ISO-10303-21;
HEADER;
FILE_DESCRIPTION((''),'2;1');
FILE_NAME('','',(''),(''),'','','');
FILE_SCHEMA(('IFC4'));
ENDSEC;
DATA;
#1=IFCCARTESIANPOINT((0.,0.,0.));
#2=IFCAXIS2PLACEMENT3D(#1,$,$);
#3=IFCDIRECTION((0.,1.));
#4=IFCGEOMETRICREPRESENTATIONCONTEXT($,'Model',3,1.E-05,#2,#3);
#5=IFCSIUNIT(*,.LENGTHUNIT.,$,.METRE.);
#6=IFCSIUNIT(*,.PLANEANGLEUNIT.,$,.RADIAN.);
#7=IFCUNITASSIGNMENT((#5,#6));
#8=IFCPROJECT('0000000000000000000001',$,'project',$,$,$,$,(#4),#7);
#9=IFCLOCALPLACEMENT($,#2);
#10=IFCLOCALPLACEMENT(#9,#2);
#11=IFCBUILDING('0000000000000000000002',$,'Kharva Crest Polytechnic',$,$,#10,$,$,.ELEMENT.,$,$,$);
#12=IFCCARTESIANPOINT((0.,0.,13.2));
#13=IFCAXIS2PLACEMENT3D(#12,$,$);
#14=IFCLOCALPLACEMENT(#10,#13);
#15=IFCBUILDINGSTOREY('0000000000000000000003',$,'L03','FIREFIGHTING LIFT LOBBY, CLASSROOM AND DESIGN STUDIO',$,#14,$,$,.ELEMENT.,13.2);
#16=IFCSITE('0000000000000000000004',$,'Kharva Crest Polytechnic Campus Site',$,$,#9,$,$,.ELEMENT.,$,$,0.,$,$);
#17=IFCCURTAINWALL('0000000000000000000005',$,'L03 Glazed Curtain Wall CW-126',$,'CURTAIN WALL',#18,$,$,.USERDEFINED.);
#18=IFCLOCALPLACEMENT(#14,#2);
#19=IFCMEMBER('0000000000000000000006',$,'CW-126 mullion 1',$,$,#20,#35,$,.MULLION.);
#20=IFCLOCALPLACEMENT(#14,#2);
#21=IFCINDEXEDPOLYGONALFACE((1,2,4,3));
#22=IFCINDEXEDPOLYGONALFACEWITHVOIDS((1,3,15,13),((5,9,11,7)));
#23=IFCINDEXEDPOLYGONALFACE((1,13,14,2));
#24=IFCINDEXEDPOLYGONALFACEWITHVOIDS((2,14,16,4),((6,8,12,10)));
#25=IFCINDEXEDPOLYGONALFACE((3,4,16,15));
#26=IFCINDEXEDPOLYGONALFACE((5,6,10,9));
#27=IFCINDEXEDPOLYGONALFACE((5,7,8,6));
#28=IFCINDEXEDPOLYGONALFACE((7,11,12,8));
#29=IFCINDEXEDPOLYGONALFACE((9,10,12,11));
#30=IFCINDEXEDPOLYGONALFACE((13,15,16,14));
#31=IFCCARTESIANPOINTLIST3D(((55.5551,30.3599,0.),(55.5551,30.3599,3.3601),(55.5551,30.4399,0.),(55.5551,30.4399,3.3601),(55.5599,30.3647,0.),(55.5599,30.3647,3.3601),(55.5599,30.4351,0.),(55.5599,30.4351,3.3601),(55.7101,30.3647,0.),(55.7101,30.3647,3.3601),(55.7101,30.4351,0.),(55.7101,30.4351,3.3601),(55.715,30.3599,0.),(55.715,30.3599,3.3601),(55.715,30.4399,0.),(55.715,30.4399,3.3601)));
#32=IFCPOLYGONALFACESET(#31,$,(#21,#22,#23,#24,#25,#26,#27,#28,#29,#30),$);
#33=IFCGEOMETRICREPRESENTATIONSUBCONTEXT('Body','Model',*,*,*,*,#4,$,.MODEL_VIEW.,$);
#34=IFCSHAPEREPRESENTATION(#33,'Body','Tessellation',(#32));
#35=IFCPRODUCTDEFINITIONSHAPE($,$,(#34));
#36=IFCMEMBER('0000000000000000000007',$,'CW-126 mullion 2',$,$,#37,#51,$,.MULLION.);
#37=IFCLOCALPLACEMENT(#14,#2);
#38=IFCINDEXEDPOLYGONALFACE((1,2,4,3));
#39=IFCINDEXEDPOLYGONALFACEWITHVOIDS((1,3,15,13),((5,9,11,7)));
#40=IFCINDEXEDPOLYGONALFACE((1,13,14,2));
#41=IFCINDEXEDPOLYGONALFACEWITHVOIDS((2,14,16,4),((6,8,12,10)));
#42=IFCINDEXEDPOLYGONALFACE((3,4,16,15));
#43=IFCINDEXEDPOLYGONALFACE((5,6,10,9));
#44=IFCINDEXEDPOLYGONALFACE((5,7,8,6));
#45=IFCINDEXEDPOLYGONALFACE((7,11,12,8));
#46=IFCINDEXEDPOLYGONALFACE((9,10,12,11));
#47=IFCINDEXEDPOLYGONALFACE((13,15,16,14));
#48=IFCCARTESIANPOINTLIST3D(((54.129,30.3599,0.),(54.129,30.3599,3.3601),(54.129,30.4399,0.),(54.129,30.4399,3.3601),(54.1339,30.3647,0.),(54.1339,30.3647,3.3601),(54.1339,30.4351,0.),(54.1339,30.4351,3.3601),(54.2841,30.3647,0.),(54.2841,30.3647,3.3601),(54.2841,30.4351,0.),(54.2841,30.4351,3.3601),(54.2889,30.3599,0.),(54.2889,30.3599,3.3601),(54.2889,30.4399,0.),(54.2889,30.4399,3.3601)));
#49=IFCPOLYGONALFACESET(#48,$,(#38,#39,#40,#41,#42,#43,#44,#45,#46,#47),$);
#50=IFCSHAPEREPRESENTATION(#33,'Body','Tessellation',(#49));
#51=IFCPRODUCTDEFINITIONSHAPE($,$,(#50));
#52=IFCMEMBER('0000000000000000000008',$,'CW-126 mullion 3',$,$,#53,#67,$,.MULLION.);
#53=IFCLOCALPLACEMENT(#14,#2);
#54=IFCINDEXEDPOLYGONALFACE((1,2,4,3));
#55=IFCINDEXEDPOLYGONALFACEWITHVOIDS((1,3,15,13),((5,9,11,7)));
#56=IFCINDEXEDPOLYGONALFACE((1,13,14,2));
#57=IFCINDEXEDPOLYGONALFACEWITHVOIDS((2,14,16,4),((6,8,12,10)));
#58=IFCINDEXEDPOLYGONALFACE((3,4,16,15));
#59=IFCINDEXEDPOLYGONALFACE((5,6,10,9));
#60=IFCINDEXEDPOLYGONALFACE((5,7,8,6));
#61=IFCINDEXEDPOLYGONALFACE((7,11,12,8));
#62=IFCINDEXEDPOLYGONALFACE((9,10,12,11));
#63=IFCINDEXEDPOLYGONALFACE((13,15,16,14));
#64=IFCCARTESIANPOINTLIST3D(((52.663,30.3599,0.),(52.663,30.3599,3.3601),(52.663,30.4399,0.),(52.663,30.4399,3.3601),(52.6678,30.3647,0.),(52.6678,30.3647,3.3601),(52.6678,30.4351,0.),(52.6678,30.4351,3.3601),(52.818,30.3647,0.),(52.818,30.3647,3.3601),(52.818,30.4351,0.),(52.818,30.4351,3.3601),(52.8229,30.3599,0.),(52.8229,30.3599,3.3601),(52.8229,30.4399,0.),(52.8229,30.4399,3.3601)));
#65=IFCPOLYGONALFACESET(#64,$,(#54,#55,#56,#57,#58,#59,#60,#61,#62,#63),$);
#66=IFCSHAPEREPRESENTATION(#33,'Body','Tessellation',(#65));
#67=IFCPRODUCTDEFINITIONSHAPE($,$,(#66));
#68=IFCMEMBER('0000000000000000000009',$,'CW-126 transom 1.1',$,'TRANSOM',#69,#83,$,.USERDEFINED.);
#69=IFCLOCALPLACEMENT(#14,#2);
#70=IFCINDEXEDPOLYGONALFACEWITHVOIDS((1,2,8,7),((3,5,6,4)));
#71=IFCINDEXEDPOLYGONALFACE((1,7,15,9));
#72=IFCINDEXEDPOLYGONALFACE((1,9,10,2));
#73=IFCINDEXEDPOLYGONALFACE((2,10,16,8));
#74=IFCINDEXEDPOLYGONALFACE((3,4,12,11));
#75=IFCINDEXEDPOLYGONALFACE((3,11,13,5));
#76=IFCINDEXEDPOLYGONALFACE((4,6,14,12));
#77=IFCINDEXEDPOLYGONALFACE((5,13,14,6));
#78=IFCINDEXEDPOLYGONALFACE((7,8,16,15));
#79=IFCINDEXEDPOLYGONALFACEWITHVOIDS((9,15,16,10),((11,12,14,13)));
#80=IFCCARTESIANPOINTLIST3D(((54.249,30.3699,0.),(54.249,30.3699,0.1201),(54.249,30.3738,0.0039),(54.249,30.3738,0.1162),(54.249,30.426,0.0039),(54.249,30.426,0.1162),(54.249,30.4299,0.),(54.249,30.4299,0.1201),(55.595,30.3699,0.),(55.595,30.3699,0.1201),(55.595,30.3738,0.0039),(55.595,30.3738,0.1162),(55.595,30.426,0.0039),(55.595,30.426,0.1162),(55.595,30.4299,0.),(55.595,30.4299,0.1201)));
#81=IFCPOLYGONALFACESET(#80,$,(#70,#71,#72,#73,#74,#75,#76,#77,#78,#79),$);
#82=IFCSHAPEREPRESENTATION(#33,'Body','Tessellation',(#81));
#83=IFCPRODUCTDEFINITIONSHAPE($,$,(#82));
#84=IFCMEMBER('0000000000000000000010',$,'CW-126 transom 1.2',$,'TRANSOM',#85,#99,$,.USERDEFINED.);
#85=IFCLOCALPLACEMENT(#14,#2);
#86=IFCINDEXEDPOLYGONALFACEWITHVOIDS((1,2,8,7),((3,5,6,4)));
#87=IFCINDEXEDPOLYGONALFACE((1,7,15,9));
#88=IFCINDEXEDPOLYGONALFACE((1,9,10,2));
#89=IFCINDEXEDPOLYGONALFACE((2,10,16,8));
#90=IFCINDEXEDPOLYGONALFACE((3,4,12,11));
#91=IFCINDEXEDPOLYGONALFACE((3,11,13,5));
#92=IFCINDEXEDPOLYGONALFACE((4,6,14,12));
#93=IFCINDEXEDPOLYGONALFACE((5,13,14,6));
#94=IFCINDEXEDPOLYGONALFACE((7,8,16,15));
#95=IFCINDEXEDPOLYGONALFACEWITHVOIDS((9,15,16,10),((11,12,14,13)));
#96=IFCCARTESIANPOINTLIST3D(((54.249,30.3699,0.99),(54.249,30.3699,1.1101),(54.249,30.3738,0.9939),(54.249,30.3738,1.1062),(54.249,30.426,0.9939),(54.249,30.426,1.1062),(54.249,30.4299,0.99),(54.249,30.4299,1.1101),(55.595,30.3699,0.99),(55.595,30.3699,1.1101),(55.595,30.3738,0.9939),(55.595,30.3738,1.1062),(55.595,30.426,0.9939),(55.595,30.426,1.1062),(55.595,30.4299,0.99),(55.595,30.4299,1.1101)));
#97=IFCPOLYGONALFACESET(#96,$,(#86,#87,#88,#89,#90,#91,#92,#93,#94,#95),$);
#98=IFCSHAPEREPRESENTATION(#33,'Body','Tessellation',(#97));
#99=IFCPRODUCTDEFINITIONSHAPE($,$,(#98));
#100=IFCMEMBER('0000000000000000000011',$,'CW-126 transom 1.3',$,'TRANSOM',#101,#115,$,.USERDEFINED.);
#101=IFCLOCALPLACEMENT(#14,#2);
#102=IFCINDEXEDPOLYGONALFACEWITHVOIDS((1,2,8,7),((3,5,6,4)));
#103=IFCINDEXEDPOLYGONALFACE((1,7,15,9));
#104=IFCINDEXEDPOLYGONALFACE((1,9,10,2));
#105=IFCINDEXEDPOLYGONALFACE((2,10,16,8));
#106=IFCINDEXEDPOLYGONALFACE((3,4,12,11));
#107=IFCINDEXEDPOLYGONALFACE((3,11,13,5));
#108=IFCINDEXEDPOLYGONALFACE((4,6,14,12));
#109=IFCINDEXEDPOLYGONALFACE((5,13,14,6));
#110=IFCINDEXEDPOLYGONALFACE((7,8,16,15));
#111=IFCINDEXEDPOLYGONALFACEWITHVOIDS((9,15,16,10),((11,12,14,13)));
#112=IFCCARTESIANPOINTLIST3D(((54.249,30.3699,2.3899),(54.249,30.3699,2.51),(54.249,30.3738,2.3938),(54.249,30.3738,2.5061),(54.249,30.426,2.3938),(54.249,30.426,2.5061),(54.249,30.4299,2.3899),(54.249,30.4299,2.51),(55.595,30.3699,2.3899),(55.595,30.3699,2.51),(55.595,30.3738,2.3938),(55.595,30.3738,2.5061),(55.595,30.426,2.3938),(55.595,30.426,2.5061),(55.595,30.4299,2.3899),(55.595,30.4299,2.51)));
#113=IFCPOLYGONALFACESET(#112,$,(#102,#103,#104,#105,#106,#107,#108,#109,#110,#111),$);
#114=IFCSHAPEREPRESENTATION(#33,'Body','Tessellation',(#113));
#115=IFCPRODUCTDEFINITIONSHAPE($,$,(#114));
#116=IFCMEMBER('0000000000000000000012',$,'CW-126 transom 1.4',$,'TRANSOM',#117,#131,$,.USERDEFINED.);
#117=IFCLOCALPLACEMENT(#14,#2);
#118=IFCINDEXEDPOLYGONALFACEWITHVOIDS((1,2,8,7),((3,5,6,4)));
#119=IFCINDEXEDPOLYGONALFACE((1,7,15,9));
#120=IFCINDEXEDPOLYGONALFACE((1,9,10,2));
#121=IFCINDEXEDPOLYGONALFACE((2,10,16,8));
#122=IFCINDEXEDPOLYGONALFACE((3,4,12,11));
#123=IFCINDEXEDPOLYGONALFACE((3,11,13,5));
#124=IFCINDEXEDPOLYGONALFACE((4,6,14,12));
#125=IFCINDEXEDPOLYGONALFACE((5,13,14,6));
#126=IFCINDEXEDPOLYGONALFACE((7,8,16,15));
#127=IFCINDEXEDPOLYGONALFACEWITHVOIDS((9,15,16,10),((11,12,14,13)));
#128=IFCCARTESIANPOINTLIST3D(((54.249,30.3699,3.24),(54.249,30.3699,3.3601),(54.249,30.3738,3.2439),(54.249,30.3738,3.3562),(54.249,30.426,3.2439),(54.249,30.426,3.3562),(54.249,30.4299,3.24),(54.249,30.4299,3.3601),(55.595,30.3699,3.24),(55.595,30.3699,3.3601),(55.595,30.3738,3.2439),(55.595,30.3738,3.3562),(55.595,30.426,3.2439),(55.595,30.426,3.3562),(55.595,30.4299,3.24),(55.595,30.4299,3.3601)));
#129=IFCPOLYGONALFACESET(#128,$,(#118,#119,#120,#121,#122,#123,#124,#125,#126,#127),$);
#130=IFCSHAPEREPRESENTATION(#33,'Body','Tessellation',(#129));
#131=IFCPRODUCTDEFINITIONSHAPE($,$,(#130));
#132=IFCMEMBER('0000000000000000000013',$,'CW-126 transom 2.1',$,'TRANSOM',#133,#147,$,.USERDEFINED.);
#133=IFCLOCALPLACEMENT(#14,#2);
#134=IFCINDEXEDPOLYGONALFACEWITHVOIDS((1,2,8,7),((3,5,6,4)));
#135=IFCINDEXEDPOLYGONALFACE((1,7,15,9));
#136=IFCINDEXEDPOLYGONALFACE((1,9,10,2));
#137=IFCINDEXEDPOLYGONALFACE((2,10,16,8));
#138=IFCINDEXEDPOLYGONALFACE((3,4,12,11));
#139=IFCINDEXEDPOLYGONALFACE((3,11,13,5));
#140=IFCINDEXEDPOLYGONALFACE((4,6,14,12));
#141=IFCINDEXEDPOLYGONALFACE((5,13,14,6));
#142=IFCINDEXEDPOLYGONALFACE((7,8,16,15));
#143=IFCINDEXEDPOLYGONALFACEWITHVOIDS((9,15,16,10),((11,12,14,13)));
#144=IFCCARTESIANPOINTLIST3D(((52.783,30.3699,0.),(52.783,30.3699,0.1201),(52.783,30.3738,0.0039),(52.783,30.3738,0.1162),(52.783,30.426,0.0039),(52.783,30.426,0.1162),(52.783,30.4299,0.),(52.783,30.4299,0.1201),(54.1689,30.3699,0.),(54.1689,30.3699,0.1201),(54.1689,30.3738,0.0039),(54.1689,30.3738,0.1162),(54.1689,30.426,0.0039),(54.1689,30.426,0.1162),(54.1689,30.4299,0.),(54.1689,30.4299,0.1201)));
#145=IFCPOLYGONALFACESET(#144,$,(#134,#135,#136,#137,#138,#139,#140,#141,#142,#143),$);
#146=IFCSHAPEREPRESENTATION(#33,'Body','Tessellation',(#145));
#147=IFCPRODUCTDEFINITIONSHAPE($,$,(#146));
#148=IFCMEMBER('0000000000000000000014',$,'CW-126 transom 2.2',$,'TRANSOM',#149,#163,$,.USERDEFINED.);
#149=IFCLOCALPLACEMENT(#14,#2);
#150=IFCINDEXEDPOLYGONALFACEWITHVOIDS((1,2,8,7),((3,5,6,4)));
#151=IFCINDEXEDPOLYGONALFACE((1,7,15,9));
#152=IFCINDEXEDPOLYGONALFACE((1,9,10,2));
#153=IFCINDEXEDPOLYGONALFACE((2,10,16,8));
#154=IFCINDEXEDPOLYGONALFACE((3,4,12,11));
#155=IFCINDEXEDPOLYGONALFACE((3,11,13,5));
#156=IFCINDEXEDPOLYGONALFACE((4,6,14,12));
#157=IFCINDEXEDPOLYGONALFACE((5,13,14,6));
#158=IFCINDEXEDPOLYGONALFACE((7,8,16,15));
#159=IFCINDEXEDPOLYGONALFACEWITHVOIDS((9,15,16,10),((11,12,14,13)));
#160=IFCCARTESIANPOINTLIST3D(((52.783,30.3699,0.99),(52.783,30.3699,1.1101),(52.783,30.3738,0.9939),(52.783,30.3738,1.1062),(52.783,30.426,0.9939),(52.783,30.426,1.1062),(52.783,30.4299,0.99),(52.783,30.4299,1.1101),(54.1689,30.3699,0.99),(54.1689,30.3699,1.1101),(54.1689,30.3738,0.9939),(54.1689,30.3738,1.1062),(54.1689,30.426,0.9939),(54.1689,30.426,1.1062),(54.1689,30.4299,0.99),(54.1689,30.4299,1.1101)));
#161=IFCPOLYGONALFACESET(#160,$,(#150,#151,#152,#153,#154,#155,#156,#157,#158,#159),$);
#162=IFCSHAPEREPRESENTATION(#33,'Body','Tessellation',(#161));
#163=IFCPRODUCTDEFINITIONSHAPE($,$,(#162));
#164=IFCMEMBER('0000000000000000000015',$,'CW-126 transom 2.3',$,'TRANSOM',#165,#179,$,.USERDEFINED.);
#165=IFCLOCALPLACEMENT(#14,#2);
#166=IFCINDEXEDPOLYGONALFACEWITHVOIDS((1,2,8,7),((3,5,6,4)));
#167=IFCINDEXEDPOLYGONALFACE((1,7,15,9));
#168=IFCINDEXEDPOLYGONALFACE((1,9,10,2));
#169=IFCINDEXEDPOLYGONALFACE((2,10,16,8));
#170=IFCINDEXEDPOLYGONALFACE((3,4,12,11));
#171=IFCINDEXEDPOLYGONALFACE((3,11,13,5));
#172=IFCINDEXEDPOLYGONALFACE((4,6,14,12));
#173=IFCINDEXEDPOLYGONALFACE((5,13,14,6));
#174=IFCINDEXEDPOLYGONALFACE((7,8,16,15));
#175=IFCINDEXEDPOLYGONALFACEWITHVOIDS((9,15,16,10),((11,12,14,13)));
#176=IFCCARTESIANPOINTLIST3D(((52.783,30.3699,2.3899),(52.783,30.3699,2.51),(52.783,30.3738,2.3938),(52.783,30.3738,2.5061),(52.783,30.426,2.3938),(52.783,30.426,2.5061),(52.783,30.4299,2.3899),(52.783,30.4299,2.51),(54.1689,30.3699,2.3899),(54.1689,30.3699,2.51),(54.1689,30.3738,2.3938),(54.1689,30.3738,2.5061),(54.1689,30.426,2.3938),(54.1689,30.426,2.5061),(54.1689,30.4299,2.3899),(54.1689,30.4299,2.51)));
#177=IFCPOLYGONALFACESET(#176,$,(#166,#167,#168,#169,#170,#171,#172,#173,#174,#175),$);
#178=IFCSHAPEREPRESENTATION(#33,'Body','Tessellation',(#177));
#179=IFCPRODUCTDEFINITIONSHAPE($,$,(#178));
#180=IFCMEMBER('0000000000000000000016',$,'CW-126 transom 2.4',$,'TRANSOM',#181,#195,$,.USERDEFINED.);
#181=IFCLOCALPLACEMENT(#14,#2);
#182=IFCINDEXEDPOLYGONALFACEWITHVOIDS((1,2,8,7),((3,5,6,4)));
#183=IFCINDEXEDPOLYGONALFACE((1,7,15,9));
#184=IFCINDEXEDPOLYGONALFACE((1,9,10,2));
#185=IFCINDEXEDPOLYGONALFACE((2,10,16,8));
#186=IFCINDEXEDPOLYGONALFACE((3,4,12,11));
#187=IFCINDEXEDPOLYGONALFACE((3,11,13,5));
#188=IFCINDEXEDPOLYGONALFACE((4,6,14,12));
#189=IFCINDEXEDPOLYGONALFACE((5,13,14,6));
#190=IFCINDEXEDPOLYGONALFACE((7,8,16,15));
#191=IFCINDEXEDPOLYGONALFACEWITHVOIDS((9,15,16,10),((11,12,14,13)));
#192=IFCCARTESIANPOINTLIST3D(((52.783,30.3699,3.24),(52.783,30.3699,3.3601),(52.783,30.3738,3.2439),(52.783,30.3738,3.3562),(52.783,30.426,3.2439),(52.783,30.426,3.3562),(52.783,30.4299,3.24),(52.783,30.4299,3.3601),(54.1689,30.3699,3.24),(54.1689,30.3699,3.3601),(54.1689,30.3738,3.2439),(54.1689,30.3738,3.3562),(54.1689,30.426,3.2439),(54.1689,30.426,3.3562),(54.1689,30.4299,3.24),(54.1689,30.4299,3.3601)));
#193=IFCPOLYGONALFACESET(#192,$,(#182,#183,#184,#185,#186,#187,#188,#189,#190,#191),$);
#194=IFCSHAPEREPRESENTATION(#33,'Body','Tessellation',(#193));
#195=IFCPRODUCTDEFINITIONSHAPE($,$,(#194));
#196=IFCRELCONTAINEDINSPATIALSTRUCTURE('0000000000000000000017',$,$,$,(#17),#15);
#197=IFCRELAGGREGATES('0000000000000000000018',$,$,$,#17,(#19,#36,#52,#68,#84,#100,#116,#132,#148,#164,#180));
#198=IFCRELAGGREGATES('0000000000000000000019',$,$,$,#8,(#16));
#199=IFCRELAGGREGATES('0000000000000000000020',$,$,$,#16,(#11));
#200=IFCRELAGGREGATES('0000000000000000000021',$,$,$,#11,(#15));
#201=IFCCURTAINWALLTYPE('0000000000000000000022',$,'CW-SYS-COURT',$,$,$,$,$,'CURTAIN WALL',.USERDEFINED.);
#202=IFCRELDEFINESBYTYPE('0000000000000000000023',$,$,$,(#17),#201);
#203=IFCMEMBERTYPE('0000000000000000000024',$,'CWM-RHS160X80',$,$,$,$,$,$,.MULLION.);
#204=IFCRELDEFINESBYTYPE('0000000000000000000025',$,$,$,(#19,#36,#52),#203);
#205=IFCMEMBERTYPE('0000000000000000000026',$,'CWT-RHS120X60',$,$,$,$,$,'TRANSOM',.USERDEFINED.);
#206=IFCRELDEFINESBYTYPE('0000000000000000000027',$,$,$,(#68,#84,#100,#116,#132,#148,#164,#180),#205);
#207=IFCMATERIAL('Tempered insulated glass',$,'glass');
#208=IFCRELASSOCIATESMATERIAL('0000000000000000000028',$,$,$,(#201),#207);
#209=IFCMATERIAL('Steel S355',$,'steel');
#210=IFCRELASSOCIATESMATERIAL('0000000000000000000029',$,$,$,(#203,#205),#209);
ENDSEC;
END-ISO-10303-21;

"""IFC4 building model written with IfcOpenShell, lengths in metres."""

from ifc_helpers import new_model, si_unit, direction, frame, origin, origin_2d, place, context, subcontext, project, spatial, hollow_rectangle, extrude, material, material_profile, profile_set, type_object, element, aggregate, save


model = new_model("IFC4")

# Units and contexts
model_context = context("Model", 3, precision=1e-05, world=origin(), true_north=direction((0.0, 1.0)))
body_context = subcontext(model_context, "Body", "Model", "MODEL_VIEW")
ifc_project = project(units=[si_unit("LENGTHUNIT", "METRE"), si_unit("PLANEANGLEUNIT", "RADIAN")], contexts=[model_context])

# Site, building, storey
site_placement = place(None, origin())
site = spatial("IfcSite", under=ifc_project, at=site_placement, Name="Kharva Crest Polytechnic Campus Site", CompositionType="ELEMENT", RefElevation=0.0)
building_placement = place(site_placement, origin())
building = spatial("IfcBuilding", under=site, at=building_placement, Name="Kharva Crest Polytechnic", CompositionType="ELEMENT")
storey_placement = place(building_placement, frame((0.0, 0.0, 13.2)))
storey = spatial("IfcBuildingStorey", under=building, at=storey_placement, Name="L03", Description="FIREFIGHTING LIFT LOBBY, CLASSROOM AND DESIGN STUDIO", CompositionType="ELEMENT", Elevation=13.2)

# Curtain wall, members
ifc_material_1 = material(Name="Tempered insulated glass", Category="glass")
curtain_wall_type = type_object("IfcCurtainWallType", Name="CW-SYS-COURT", ElementType="CURTAIN WALL", PredefinedType="USERDEFINED", material=ifc_material_1)
curtain_wall_placement = place(storey_placement, origin())
curtain_wall = element("IfcCurtainWall", 1, at=curtain_wall_placement, inside=storey, type_object=curtain_wall_type, Name="L03 Glazed Curtain Wall CW-126", ObjectType="CURTAIN WALL", PredefinedType="USERDEFINED")
ifc_material_2 = material(Name="Steel S355", Category="steel")
ifc_material_profile_1 = material_profile(ifc_material_2, hollow_rectangle(XDim=0.0801, YDim=0.1599, WallThickness=0.0049, at=origin_2d()), Name="RHS 160X80X5.0")
ifc_profile_set_1 = profile_set([ifc_material_profile_1], Name="Steel S355")
member_type_1 = type_object("IfcMemberType", Name="CWM-RHS160X80", PredefinedType="MULLION", material=ifc_profile_set_1)
member_1_placement = place(storey_placement, frame((55.635, 30.3999, 0.0), z_axis=(0.0, 0.0, 1.0), x_axis=(0.0, -1.0, 0.0)))
member_1 = element("IfcMember", 2, at=member_1_placement, type_object=member_type_1, Name="CW-126 mullion 1", PredefinedType="MULLION", context=body_context, shape_type="SweptSolid", body=[
    extrude(hollow_rectangle(XDim=0.0801, YDim=0.1599, WallThickness=0.0049, at=origin_2d()), origin(), (0.0, 0.0, 1.0), 3.3601),
])
member_2_placement = place(storey_placement, frame((54.209, 30.3999, 0.0), z_axis=(0.0, 0.0, 1.0), x_axis=(0.0, -1.0, 0.0)))
member_2 = element("IfcMember", 3, at=member_2_placement, type_object=member_type_1, Name="CW-126 mullion 2", PredefinedType="MULLION", context=body_context, shape_type="SweptSolid", body=[
    extrude(hollow_rectangle(XDim=0.0801, YDim=0.1599, WallThickness=0.0049, at=origin_2d()), origin(), (0.0, 0.0, 1.0), 3.3601),
])
member_3_placement = place(storey_placement, frame((52.7429, 30.3999, 0.0), z_axis=(0.0, 0.0, 1.0), x_axis=(0.0, -1.0, 0.0)))
member_3 = element("IfcMember", 4, at=member_3_placement, type_object=member_type_1, Name="CW-126 mullion 3", PredefinedType="MULLION", context=body_context, shape_type="SweptSolid", body=[
    extrude(hollow_rectangle(XDim=0.0801, YDim=0.1599, WallThickness=0.0049, at=origin_2d()), origin(), (0.0, 0.0, 1.0), 3.3601),
])
ifc_material_profile_2 = material_profile(ifc_material_2, hollow_rectangle(XDim=0.0601, YDim=0.1201, WallThickness=0.0039, at=origin_2d()), Name="RHS 120X60X4.0")
ifc_profile_set_2 = profile_set([ifc_material_profile_2], Name="Steel S355")
member_type_2 = type_object("IfcMemberType", Name="CWT-RHS120X60", ElementType="TRANSOM", PredefinedType="USERDEFINED", material=ifc_profile_set_2)
member_4_placement = place(storey_placement, frame((55.595, 30.3999, 0.0601), z_axis=(-1.0, 0.0, 0.0), x_axis=(0.0, -1.0, 0.0)))
member_4 = element("IfcMember", 5, at=member_4_placement, type_object=member_type_2, Name="CW-126 transom 1.1", ObjectType="TRANSOM", PredefinedType="USERDEFINED", context=body_context, shape_type="SweptSolid", body=[
    extrude(hollow_rectangle(XDim=0.0601, YDim=0.1201, WallThickness=0.0039, at=origin_2d()), origin(), (0.0, 0.0, 1.0), 1.3459),
])
member_5_placement = place(storey_placement, frame((55.595, 30.3999, 1.05), z_axis=(-1.0, 0.0, 0.0), x_axis=(0.0, -1.0, 0.0)))
member_5 = element("IfcMember", 6, at=member_5_placement, type_object=member_type_2, Name="CW-126 transom 1.2", ObjectType="TRANSOM", PredefinedType="USERDEFINED", context=body_context, shape_type="SweptSolid", body=[
    extrude(hollow_rectangle(XDim=0.0601, YDim=0.1201, WallThickness=0.0039, at=origin_2d()), origin(), (0.0, 0.0, 1.0), 1.3459),
])
member_6_placement = place(storey_placement, frame((55.595, 30.3999, 2.45), z_axis=(-1.0, 0.0, 0.0), x_axis=(0.0, -1.0, 0.0)))
member_6 = element("IfcMember", 7, at=member_6_placement, type_object=member_type_2, Name="CW-126 transom 1.3", ObjectType="TRANSOM", PredefinedType="USERDEFINED", context=body_context, shape_type="SweptSolid", body=[
    extrude(hollow_rectangle(XDim=0.0601, YDim=0.1201, WallThickness=0.0039, at=origin_2d()), origin(), (0.0, 0.0, 1.0), 1.3459),
])
member_7_placement = place(storey_placement, frame((55.595, 30.3999, 3.3), z_axis=(-1.0, 0.0, 0.0), x_axis=(0.0, -1.0, 0.0)))
member_7 = element("IfcMember", 8, at=member_7_placement, type_object=member_type_2, Name="CW-126 transom 1.4", ObjectType="TRANSOM", PredefinedType="USERDEFINED", context=body_context, shape_type="SweptSolid", body=[
    extrude(hollow_rectangle(XDim=0.0601, YDim=0.1201, WallThickness=0.0039, at=origin_2d()), origin(), (0.0, 0.0, 1.0), 1.3459),
])
member_8_placement = place(storey_placement, frame((54.1689, 30.3999, 0.0601), z_axis=(-1.0, 0.0, 0.0), x_axis=(0.0, -1.0, 0.0)))
member_8 = element("IfcMember", 9, at=member_8_placement, type_object=member_type_2, Name="CW-126 transom 2.1", ObjectType="TRANSOM", PredefinedType="USERDEFINED", context=body_context, shape_type="SweptSolid", body=[
    extrude(hollow_rectangle(XDim=0.0601, YDim=0.1201, WallThickness=0.0039, at=origin_2d()), origin(), (0.0, 0.0, 1.0), 1.386),
])
member_9_placement = place(storey_placement, frame((54.1689, 30.3999, 1.05), z_axis=(-1.0, 0.0, 0.0), x_axis=(0.0, -1.0, 0.0)))
member_9 = element("IfcMember", 10, at=member_9_placement, type_object=member_type_2, Name="CW-126 transom 2.2", ObjectType="TRANSOM", PredefinedType="USERDEFINED", context=body_context, shape_type="SweptSolid", body=[
    extrude(hollow_rectangle(XDim=0.0601, YDim=0.1201, WallThickness=0.0039, at=origin_2d()), origin(), (0.0, 0.0, 1.0), 1.386),
])
member_10_placement = place(storey_placement, frame((54.1689, 30.3999, 2.45), z_axis=(-1.0, 0.0, 0.0), x_axis=(0.0, -1.0, 0.0)))
member_10 = element("IfcMember", 11, at=member_10_placement, type_object=member_type_2, Name="CW-126 transom 2.3", ObjectType="TRANSOM", PredefinedType="USERDEFINED", context=body_context, shape_type="SweptSolid", body=[
    extrude(hollow_rectangle(XDim=0.0601, YDim=0.1201, WallThickness=0.0039, at=origin_2d()), origin(), (0.0, 0.0, 1.0), 1.386),
])
member_11_placement = place(storey_placement, frame((54.1689, 30.3999, 3.3), z_axis=(-1.0, 0.0, 0.0), x_axis=(0.0, -1.0, 0.0)))
member_11 = element("IfcMember", 12, at=member_11_placement, type_object=member_type_2, Name="CW-126 transom 2.4", ObjectType="TRANSOM", PredefinedType="USERDEFINED", context=body_context, shape_type="SweptSolid", body=[
    extrude(hollow_rectangle(XDim=0.0601, YDim=0.1201, WallThickness=0.0039, at=origin_2d()), origin(), (0.0, 0.0, 1.0), 1.386),
])
aggregate(curtain_wall, [member_1, member_2, member_3, member_4, member_5, member_6, member_7, member_8, member_9, member_10, member_11])

save(model, "model.ifc")
